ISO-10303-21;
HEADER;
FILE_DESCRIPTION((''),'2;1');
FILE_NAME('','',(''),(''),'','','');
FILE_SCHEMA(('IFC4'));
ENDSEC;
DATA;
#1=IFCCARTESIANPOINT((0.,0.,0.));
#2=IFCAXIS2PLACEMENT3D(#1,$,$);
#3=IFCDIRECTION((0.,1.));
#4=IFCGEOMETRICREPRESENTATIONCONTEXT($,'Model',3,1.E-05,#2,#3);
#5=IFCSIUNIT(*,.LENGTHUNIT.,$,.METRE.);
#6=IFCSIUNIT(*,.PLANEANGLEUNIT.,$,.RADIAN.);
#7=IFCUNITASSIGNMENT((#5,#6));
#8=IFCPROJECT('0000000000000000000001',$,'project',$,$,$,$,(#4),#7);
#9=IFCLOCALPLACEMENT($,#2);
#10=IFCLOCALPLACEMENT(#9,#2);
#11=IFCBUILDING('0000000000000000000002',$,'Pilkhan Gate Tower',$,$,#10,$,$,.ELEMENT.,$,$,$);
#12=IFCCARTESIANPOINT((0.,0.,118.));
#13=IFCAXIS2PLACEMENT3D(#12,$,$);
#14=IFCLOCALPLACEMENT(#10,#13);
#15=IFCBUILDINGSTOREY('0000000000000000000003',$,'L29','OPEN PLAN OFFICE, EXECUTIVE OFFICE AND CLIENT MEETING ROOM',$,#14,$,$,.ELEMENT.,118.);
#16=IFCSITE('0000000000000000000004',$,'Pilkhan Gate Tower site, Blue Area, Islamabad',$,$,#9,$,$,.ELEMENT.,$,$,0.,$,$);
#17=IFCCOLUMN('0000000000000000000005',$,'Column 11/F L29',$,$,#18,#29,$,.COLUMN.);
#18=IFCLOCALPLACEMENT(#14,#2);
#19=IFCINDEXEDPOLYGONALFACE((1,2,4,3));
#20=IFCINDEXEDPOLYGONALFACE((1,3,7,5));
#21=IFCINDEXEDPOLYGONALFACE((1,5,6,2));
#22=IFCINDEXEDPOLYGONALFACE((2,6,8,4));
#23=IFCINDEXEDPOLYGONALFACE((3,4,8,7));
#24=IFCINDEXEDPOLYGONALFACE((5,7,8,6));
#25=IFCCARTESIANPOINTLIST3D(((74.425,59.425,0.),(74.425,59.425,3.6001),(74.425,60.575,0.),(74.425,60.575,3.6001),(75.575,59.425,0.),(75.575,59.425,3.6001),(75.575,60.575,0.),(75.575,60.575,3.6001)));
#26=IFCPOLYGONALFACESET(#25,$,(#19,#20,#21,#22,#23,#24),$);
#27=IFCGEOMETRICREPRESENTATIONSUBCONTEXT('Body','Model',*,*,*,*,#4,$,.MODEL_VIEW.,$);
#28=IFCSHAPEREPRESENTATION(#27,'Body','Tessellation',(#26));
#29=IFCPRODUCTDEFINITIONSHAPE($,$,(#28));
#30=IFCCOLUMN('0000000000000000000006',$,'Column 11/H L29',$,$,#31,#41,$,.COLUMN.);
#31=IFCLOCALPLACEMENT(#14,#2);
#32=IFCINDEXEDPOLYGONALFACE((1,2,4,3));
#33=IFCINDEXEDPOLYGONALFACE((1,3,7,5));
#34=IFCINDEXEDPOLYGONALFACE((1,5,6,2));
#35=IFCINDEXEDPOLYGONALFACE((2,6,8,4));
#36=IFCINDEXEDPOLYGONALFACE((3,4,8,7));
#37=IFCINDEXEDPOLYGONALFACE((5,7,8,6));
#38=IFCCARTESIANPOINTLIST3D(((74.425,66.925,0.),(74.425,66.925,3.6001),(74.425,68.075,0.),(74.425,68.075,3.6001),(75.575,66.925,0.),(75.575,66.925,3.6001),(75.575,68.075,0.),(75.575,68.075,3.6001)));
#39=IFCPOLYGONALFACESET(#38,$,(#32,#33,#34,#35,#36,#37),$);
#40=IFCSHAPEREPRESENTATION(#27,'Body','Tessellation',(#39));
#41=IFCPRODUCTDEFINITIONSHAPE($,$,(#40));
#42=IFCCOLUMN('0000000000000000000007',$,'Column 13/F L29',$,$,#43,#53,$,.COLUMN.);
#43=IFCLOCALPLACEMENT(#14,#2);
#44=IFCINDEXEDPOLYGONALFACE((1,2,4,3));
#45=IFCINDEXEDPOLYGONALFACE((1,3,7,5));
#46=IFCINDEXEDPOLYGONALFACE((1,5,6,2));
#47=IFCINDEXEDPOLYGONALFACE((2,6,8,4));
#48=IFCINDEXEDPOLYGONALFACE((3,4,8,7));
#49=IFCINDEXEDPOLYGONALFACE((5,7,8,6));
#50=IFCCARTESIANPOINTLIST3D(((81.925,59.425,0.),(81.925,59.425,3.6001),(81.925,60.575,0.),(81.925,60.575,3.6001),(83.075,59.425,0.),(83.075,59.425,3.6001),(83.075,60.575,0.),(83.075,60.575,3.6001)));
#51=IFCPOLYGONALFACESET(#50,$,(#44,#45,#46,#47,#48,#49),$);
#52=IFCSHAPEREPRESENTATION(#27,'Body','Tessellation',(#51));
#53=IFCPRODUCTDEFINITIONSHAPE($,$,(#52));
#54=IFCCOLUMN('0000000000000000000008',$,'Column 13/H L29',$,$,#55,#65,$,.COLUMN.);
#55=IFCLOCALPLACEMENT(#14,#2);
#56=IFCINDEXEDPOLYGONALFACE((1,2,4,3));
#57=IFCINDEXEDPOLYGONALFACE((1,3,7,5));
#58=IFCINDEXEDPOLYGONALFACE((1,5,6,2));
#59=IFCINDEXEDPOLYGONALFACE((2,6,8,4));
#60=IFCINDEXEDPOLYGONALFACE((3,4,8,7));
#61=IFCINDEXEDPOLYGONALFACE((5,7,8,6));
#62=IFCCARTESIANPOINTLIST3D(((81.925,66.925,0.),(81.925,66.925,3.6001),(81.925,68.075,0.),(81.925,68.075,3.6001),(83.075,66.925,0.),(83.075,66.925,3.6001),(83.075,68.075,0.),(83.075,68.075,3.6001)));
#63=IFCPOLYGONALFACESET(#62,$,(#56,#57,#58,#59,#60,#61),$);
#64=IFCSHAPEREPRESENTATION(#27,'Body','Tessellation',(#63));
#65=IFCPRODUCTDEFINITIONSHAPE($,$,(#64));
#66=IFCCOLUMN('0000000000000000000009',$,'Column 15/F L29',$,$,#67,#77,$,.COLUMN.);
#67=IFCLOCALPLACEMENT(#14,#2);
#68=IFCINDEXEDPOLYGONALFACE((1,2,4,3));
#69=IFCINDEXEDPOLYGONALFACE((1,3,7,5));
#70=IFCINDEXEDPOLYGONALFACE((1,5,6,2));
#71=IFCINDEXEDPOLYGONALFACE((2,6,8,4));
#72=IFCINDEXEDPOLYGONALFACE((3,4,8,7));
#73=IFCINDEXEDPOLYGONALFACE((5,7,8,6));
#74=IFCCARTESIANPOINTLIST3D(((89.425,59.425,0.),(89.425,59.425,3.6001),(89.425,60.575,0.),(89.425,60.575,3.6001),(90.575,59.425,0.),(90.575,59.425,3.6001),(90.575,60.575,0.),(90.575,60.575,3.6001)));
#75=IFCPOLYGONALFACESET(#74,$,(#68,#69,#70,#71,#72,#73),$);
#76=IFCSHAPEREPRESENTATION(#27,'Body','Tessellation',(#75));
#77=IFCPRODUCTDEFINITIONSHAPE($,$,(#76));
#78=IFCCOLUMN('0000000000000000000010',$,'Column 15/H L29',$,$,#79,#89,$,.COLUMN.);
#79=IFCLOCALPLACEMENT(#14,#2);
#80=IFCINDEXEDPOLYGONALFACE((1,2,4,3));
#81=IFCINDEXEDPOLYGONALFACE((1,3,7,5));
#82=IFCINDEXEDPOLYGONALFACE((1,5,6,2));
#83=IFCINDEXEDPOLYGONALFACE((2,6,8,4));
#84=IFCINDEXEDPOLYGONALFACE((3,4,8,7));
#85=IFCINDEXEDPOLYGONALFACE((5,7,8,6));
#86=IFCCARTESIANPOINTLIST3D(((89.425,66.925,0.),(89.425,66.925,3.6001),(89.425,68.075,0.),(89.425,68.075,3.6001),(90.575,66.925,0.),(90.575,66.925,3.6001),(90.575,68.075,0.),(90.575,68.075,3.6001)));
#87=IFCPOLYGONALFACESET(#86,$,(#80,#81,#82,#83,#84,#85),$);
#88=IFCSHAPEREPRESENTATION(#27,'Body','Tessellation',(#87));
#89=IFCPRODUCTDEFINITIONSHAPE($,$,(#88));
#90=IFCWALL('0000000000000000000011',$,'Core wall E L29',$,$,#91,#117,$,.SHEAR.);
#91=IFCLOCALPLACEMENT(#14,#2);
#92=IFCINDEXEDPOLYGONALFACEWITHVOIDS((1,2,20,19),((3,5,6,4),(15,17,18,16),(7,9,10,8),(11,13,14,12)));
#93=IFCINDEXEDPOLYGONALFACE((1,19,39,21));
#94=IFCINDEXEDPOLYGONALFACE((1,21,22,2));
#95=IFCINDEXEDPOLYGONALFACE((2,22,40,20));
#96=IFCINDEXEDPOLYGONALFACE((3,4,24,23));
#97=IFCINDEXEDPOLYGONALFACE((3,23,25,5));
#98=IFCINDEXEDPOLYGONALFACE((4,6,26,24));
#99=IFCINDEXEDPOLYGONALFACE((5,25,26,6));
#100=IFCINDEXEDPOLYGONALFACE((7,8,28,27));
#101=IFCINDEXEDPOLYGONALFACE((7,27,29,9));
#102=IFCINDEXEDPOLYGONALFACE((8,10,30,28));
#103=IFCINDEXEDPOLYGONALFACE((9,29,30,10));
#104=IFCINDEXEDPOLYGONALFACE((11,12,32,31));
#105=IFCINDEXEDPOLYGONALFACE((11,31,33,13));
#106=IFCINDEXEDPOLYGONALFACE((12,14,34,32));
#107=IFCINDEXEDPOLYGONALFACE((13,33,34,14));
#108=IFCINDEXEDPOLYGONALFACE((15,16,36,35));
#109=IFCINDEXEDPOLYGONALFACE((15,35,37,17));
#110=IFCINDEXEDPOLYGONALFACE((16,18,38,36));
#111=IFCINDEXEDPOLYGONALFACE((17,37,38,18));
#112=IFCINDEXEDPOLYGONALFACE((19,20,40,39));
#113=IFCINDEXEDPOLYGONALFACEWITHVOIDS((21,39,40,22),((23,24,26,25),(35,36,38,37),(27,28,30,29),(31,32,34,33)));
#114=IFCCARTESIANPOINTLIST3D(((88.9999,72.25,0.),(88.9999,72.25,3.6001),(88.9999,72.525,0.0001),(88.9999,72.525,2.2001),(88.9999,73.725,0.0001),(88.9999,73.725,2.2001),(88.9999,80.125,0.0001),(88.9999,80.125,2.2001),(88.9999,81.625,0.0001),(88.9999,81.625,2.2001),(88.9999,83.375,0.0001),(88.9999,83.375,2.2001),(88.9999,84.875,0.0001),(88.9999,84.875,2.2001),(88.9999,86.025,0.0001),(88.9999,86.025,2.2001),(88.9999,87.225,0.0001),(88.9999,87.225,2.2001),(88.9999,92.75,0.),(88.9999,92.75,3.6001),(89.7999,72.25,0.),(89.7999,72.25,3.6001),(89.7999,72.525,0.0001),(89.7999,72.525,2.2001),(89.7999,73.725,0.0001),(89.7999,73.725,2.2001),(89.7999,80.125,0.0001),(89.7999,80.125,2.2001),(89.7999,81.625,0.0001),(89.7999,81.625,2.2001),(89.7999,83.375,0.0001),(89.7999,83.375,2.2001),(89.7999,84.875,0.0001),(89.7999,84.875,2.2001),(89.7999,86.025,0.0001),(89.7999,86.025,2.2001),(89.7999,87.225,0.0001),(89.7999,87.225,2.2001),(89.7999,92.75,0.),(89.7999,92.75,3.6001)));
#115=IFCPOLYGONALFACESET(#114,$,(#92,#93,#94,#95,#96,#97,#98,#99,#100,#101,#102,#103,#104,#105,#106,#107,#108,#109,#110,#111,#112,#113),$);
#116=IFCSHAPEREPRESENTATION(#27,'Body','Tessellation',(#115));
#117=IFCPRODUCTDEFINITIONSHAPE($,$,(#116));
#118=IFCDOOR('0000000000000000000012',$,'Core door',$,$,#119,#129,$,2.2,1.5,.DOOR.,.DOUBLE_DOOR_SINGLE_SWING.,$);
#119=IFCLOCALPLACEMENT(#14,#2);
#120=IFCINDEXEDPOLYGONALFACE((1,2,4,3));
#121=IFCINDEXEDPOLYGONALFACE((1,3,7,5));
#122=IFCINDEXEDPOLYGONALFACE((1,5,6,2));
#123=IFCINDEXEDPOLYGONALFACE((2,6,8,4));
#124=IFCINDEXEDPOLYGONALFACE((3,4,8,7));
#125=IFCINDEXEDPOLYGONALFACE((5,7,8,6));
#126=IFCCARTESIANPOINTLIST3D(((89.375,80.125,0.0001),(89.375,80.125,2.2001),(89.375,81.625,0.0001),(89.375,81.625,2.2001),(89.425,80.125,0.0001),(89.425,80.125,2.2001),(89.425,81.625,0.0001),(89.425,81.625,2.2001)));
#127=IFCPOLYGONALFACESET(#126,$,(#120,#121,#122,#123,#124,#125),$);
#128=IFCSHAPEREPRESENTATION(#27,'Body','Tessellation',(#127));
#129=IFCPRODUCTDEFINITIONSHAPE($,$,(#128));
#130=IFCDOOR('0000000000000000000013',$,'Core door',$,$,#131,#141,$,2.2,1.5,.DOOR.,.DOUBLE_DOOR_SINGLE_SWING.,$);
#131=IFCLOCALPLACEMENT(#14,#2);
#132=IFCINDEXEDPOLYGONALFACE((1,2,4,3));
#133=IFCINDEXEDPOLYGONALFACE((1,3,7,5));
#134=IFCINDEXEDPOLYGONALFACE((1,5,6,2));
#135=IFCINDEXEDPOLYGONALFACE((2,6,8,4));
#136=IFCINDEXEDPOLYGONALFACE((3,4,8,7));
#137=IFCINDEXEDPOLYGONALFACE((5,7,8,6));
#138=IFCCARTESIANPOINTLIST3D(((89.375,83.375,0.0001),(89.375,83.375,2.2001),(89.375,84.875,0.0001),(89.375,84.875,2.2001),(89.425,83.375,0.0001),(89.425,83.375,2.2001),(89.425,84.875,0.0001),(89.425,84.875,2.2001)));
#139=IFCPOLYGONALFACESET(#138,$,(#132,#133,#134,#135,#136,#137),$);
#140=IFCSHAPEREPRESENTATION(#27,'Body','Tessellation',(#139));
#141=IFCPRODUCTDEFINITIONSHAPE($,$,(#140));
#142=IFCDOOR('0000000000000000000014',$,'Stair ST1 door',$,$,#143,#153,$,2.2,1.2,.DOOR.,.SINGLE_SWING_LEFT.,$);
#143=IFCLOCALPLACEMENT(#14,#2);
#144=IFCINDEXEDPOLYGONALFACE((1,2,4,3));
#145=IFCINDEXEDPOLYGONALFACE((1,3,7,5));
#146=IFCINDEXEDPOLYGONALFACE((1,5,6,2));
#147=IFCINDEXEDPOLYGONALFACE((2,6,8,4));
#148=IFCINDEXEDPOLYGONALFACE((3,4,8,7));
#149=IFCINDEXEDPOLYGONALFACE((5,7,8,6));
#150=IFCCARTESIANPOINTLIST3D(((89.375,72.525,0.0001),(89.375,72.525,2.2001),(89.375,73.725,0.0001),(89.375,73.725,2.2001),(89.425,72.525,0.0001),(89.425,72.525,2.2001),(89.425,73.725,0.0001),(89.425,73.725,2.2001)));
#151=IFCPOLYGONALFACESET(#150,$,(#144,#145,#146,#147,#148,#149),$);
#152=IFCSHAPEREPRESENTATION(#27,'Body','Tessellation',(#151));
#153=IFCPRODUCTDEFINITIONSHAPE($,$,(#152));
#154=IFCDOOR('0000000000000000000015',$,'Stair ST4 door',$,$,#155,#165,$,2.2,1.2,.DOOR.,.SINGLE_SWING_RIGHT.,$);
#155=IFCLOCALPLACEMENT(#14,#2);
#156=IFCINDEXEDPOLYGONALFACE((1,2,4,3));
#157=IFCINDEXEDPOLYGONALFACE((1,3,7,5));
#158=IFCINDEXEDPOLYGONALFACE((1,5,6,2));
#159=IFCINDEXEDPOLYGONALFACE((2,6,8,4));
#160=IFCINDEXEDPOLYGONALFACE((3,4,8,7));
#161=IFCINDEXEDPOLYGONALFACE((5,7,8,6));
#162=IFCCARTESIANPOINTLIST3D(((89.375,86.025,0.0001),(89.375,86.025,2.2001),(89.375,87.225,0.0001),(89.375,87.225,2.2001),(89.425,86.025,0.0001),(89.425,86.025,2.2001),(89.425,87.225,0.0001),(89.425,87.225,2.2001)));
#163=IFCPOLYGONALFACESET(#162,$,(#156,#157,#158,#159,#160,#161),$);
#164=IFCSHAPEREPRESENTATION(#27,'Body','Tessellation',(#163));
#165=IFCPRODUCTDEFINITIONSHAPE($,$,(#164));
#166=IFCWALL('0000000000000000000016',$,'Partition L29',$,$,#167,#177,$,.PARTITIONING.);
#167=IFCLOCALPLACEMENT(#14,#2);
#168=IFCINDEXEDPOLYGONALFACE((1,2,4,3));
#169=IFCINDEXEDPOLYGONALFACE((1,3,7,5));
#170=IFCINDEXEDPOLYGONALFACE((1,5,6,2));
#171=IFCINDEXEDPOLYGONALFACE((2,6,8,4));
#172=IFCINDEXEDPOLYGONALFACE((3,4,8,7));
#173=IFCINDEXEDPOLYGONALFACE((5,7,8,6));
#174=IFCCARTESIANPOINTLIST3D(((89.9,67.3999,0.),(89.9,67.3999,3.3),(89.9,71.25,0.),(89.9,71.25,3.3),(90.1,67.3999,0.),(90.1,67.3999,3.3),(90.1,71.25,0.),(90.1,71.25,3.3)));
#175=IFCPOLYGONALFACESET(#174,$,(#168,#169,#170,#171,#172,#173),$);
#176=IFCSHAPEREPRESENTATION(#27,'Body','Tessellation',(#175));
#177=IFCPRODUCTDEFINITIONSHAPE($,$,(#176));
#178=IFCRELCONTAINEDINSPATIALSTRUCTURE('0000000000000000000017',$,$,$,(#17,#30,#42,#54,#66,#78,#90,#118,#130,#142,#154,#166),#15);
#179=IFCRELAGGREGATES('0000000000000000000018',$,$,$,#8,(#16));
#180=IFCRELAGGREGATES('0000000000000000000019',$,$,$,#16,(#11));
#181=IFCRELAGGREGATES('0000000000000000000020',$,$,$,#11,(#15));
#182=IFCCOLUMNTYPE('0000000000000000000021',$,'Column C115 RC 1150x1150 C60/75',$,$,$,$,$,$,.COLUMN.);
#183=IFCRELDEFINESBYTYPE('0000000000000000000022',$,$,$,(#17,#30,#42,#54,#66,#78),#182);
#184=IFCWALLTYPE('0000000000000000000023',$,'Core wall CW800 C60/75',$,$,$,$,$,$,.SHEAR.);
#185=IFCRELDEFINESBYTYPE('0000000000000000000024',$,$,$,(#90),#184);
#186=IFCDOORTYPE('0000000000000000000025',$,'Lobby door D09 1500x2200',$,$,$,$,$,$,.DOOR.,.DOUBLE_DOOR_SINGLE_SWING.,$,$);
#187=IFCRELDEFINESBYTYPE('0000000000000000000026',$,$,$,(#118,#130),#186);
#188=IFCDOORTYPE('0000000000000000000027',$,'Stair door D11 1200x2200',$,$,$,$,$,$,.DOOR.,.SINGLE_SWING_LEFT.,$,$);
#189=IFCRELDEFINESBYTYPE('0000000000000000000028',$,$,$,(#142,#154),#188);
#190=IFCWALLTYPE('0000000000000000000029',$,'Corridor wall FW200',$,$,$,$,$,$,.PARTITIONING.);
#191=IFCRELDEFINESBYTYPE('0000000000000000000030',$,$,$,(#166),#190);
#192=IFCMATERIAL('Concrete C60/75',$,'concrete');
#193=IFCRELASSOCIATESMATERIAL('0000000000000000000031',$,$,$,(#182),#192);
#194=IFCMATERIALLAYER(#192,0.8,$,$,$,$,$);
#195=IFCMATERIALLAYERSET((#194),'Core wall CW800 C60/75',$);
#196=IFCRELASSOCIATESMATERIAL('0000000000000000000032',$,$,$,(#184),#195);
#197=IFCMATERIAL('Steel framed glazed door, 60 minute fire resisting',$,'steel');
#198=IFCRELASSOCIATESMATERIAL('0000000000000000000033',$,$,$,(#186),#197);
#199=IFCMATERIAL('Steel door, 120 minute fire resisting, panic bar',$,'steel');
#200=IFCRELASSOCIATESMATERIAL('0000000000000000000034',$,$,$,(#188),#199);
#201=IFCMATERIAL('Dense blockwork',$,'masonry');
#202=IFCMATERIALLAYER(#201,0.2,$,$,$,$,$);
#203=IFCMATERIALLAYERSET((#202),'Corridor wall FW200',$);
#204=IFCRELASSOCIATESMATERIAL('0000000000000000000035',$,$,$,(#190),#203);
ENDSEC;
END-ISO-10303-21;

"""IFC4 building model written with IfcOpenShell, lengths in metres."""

from ifc_helpers import new_model, si_unit, direction, frame, frame_2d, origin, origin_2d, place, context, subcontext, project, spatial, rectangle, extrude, material, layer, layer_set, material_profile, profile_set, type_object, element, fill, save


model = new_model("IFC4")

# Units and contexts
model_context = context("Model", 3, precision=1e-05, world=origin(), true_north=direction((0.0, 1.0)))
body_context = subcontext(model_context, "Body", "Model", "MODEL_VIEW")
ifc_project = project(units=[si_unit("LENGTHUNIT", "METRE"), si_unit("PLANEANGLEUNIT", "RADIAN")], contexts=[model_context])

# Site, building, storey
site_placement = place(None, origin())
site = spatial("IfcSite", under=ifc_project, at=site_placement, Name="Pilkhan Gate Tower site, Blue Area, Islamabad", CompositionType="ELEMENT", RefElevation=0.0)
building_placement = place(site_placement, origin())
building = spatial("IfcBuilding", under=site, at=building_placement, Name="Pilkhan Gate Tower", CompositionType="ELEMENT")
storey_placement = place(building_placement, frame((0.0, 0.0, 118.0)))
storey = spatial("IfcBuildingStorey", under=building, at=storey_placement, Name="L29", Description="OPEN PLAN OFFICE, EXECUTIVE OFFICE AND CLIENT MEETING ROOM", CompositionType="ELEMENT", Elevation=118.0)

# Columns
ifc_material_1 = material(Name="Concrete C60/75", Category="concrete")
ifc_material_profile = material_profile(ifc_material_1, rectangle(XDim=1.1499, YDim=1.1499, at=origin_2d()), Name="RC 1150x1150")
ifc_profile_set = profile_set([ifc_material_profile], Name="Concrete C60/75")
column_type = type_object("IfcColumnType", Name="Column C115 RC 1150x1150 C60/75", PredefinedType="COLUMN", material=ifc_profile_set)
for number, where, z_axis, x_axis, name in (
    (1, (75.0, 60.0, 0.0), (0.0, 0.0, 1.0), (1.0, 0.0, 0.0), "Column 11/F L29"),
    (2, (75.0, 67.5, 0.0), (0.0, 0.0, 1.0), (1.0, 0.0, 0.0), "Column 11/H L29"),
    (3, (82.5, 60.0, 0.0), (0.0, 0.0, 1.0), (1.0, 0.0, 0.0), "Column 13/F L29"),
    (4, (82.5, 67.5, 0.0), (0.0, 0.0, 1.0), (1.0, 0.0, 0.0), "Column 13/H L29"),
    (5, (90.0, 60.0, 0.0), (0.0, 0.0, 1.0), (1.0, 0.0, 0.0), "Column 15/F L29"),
    (6, (90.0, 67.5, 0.0), (0.0, 0.0, 1.0), (1.0, 0.0, 0.0), "Column 15/H L29"),
):
    element("IfcColumn", number, at=place(storey_placement, frame(where, z_axis=z_axis, x_axis=x_axis)), inside=storey, type_object=column_type, Name=name, PredefinedType="COLUMN", context=body_context, shape_type="SweptSolid", body=[
        extrude(rectangle(XDim=1.1499, YDim=1.1499, at=origin_2d()), origin(), (0.0, 0.0, 1.0), 3.6001),
    ])

# Wall, openings, doors
ifc_layer_1 = layer(ifc_material_1, 0.8)
ifc_layer_set_1 = layer_set([ifc_layer_1], Name="Core wall CW800 C60/75")
wall_type_1 = type_object("IfcWallType", Name="Core wall CW800 C60/75", PredefinedType="SHEAR", material=ifc_layer_set_1)
wall_1_placement = place(storey_placement, frame((89.3999, 72.25, 0.0), z_axis=(0.0, 0.0, 1.0), x_axis=(0.0, 1.0, 0.0)))
wall_1 = element("IfcWall", 7, at=wall_1_placement, inside=storey, type_object=wall_type_1, Name="Core wall E L29", PredefinedType="SHEAR", context=body_context, shape_type="SweptSolid", body=[
    extrude(rectangle(XDim=20.5, YDim=0.8, at=frame_2d((10.25, 0.0))), origin(), (0.0, 0.0, 1.0), 3.6001),
])
opening_1_placement = place(wall_1_placement, frame((0.2749, 0.0, 0.0)))
opening_1 = element("IfcOpeningElement", 8, at=opening_1_placement, cuts=wall_1, PredefinedType="OPENING", context=body_context, shape_type="SweptSolid", body=[
    extrude(rectangle(XDim=1.2, YDim=2.2, at=frame_2d((0.6001, 1.1001))), frame((0.0, 0.4099, 0.0), z_axis=(0.0, -1.0, 0.0), x_axis=(1.0, 0.0, 0.0)), (0.0, 0.0, 1.0), 0.8201),
])
opening_2_placement = place(wall_1_placement, frame((13.7749, 0.0, 0.0)))
opening_2 = element("IfcOpeningElement", 9, at=opening_2_placement, cuts=wall_1, PredefinedType="OPENING", context=body_context, shape_type="SweptSolid", body=[
    extrude(rectangle(XDim=1.2, YDim=2.2, at=frame_2d((0.6001, 1.1001))), frame((0.0, 0.4099, 0.0), z_axis=(0.0, -1.0, 0.0), x_axis=(1.0, 0.0, 0.0)), (0.0, 0.0, 1.0), 0.8201),
])
opening_3_placement = place(wall_1_placement, frame((7.875, 0.0, 0.0)))
opening_3 = element("IfcOpeningElement", 10, at=opening_3_placement, cuts=wall_1, PredefinedType="OPENING", context=body_context, shape_type="SweptSolid", body=[
    extrude(rectangle(XDim=1.5, YDim=2.2, at=frame_2d((0.75, 1.1001))), frame((0.0, 0.4099, 0.0), z_axis=(0.0, -1.0, 0.0), x_axis=(1.0, 0.0, 0.0)), (0.0, 0.0, 1.0), 0.8201),
])
opening_4_placement = place(wall_1_placement, frame((11.125, 0.0, 0.0)))
opening_4 = element("IfcOpeningElement", 11, at=opening_4_placement, cuts=wall_1, PredefinedType="OPENING", context=body_context, shape_type="SweptSolid", body=[
    extrude(rectangle(XDim=1.5, YDim=2.2, at=frame_2d((0.75, 1.1001))), frame((0.0, 0.4099, 0.0), z_axis=(0.0, -1.0, 0.0), x_axis=(1.0, 0.0, 0.0)), (0.0, 0.0, 1.0), 0.8201),
])
ifc_material_2 = material(Name="Steel framed glazed door, 60 minute fire resisting", Category="steel")
door_type_1 = type_object("IfcDoorType", Name="Lobby door D09 1500x2200", OperationType="DOUBLE_DOOR_SINGLE_SWING", PredefinedType="DOOR", material=ifc_material_2)
door_1_placement = place(opening_3_placement, origin())
door_1 = element("IfcDoor", 12, at=door_1_placement, inside=storey, type_object=door_type_1, Name="Core door", OperationType="DOUBLE_DOOR_SINGLE_SWING", OverallHeight=2.2, OverallWidth=1.5, PredefinedType="DOOR", context=body_context, shape_type="SweptSolid", body=[
    extrude(rectangle(XDim=1.5, YDim=2.2, at=frame_2d((0.75, 1.1001))), frame((0.0, 0.0249, 0.0), z_axis=(0.0, -1.0, 0.0), x_axis=(1.0, 0.0, 0.0)), (0.0, 0.0, 1.0), 0.05),
])
fill(opening_3, door_1)
door_2_placement = place(opening_4_placement, origin())
door_2 = element("IfcDoor", 13, at=door_2_placement, inside=storey, type_object=door_type_1, Name="Core door", OperationType="DOUBLE_DOOR_SINGLE_SWING", OverallHeight=2.2, OverallWidth=1.5, PredefinedType="DOOR", context=body_context, shape_type="SweptSolid", body=[
    extrude(rectangle(XDim=1.5, YDim=2.2, at=frame_2d((0.75, 1.1001))), frame((0.0, 0.0249, 0.0), z_axis=(0.0, -1.0, 0.0), x_axis=(1.0, 0.0, 0.0)), (0.0, 0.0, 1.0), 0.05),
])
fill(opening_4, door_2)
ifc_material_3 = material(Name="Steel door, 120 minute fire resisting, panic bar", Category="steel")
door_type_2 = type_object("IfcDoorType", Name="Stair door D11 1200x2200", OperationType="SINGLE_SWING_LEFT", PredefinedType="DOOR", material=ifc_material_3)
door_3_placement = place(opening_1_placement, origin())
door_3 = element("IfcDoor", 14, at=door_3_placement, inside=storey, type_object=door_type_2, Name="Stair ST1 door", OperationType="SINGLE_SWING_LEFT", OverallHeight=2.2, OverallWidth=1.2, PredefinedType="DOOR", context=body_context, shape_type="SweptSolid", body=[
    extrude(rectangle(XDim=1.2, YDim=2.2, at=frame_2d((0.6001, 1.1001))), frame((0.0, 0.0249, 0.0), z_axis=(0.0, -1.0, 0.0), x_axis=(1.0, 0.0, 0.0)), (0.0, 0.0, 1.0), 0.05),
])
fill(opening_1, door_3)
door_4_placement = place(opening_2_placement, origin())
door_4 = element("IfcDoor", 15, at=door_4_placement, inside=storey, type_object=door_type_2, Name="Stair ST4 door", OperationType="SINGLE_SWING_RIGHT", OverallHeight=2.2, OverallWidth=1.2, PredefinedType="DOOR", context=body_context, shape_type="SweptSolid", body=[
    extrude(rectangle(XDim=1.2, YDim=2.2, at=frame_2d((0.6001, 1.1001))), frame((0.0, 0.0249, 0.0), z_axis=(0.0, -1.0, 0.0), x_axis=(1.0, 0.0, 0.0)), (0.0, 0.0, 1.0), 0.05),
])
fill(opening_2, door_4)

# Wall
ifc_material_4 = material(Name="Dense blockwork", Category="masonry")
ifc_layer_2 = layer(ifc_material_4, 0.2)
ifc_layer_set_2 = layer_set([ifc_layer_2], Name="Corridor wall FW200")
wall_type_2 = type_object("IfcWallType", Name="Corridor wall FW200", PredefinedType="PARTITIONING", material=ifc_layer_set_2)
wall_2_placement = place(storey_placement, frame((90.0, 67.3999, 0.0), z_axis=(0.0, 0.0, 1.0), x_axis=(0.0, 1.0, 0.0)))
element("IfcWall", 16, at=wall_2_placement, inside=storey, type_object=wall_type_2, Name="Partition L29", PredefinedType="PARTITIONING", context=body_context, shape_type="SweptSolid", body=[
    extrude(rectangle(XDim=3.8501, YDim=0.2, at=frame_2d((1.925, 0.0))), origin(), (0.0, 0.0, 1.0), 3.3),
])

save(model, "model.ifc")
